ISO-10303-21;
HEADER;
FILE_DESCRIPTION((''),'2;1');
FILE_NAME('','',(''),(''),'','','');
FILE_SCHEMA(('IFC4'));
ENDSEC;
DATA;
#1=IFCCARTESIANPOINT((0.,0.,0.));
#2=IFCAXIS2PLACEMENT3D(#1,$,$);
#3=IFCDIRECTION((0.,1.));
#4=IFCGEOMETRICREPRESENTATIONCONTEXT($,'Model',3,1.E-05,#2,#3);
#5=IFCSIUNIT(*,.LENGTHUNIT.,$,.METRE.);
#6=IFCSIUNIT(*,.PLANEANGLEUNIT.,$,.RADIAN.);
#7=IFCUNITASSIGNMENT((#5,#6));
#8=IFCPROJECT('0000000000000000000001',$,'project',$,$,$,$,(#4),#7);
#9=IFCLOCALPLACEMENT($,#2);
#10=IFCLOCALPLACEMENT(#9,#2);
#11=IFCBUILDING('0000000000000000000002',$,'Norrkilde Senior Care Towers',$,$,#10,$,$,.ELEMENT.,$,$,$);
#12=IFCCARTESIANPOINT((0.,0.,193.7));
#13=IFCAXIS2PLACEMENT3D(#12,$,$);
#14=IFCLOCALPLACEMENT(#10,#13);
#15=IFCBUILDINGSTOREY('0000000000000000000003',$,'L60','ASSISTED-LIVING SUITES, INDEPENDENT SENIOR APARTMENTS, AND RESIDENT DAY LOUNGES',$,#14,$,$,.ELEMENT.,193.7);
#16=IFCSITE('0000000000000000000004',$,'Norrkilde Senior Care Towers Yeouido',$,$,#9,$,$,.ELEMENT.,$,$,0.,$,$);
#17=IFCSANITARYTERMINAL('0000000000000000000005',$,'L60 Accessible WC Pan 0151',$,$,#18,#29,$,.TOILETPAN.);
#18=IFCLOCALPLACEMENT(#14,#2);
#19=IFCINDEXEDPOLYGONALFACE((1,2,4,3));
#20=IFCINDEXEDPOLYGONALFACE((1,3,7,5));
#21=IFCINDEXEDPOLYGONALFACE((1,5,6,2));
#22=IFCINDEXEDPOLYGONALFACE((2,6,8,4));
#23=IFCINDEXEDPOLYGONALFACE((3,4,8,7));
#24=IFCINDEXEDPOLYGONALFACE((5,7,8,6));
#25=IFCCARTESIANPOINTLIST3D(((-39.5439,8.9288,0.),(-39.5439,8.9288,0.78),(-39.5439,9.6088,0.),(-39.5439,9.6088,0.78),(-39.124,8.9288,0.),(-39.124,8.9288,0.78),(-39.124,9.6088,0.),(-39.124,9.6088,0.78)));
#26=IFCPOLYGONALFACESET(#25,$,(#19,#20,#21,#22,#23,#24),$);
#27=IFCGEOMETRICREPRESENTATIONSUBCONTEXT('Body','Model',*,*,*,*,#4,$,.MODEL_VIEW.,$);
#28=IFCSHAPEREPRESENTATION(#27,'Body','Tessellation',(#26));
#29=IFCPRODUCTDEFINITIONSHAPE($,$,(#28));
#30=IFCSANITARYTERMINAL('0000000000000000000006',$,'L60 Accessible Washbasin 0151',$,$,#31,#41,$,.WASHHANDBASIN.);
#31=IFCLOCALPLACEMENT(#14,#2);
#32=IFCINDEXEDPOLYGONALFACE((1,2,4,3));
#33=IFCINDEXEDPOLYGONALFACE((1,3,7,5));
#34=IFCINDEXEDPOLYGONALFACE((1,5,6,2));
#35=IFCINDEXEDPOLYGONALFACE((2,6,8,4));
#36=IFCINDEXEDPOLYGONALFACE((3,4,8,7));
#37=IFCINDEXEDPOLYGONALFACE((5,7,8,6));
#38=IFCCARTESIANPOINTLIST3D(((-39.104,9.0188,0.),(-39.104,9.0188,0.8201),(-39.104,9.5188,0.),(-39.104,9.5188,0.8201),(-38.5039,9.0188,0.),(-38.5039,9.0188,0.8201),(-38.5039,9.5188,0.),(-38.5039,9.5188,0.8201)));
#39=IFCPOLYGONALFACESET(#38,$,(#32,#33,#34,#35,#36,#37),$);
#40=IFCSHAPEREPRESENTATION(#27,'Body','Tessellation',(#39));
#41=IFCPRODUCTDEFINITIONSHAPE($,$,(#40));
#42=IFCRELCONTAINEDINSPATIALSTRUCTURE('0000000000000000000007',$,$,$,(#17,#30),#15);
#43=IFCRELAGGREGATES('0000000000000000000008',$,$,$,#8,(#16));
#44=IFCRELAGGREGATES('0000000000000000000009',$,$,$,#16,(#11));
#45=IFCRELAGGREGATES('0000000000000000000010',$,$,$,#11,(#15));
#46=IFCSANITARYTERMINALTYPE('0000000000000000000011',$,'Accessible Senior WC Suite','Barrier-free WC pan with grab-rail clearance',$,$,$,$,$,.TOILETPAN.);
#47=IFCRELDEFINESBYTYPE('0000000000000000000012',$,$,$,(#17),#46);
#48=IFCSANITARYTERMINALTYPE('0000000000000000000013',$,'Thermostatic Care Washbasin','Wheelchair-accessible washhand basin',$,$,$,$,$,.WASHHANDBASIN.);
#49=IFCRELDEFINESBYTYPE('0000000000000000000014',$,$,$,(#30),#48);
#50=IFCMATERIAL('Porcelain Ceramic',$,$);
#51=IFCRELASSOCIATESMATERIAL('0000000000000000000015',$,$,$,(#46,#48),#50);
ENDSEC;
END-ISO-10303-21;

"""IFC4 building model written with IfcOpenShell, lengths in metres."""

from ifc_helpers import new_model, si_unit, direction, frame, origin, origin_2d, place, context, subcontext, project, spatial, rectangle, extrude, source, transform, mapped, material, type_object, type_shapes, element, save


model = new_model("IFC4")

# Units and contexts
model_context = context("Model", 3, precision=1e-05, world=origin(), true_north=direction((0.0, 1.0)))
body_context = subcontext(model_context, "Body", "Model", "MODEL_VIEW")
ifc_project = project(units=[si_unit("LENGTHUNIT", "METRE"), si_unit("PLANEANGLEUNIT", "RADIAN")], contexts=[model_context])

# Site, building, storey
site_placement = place(None, origin())
site = spatial("IfcSite", under=ifc_project, at=site_placement, Name="Norrkilde Senior Care Towers Yeouido", CompositionType="ELEMENT", RefElevation=0.0)
building_placement = place(site_placement, origin())
building = spatial("IfcBuilding", under=site, at=building_placement, Name="Norrkilde Senior Care Towers", CompositionType="ELEMENT")
storey_placement = place(building_placement, frame((0.0, 0.0, 193.7)))
storey = spatial("IfcBuildingStorey", under=building, at=storey_placement, Name="L60", Description="ASSISTED-LIVING SUITES, INDEPENDENT SENIOR APARTMENTS, AND RESIDENT DAY LOUNGES", CompositionType="ELEMENT", Elevation=193.7)

# Sanitary terminals
ifc_material_1 = material(Name="Porcelain Ceramic")
sanitary_terminal_type_1 = type_object("IfcSanitaryTerminalType", Name="Accessible Senior WC Suite", Description="Barrier-free WC pan with grab-rail clearance", PredefinedType="TOILETPAN", material=ifc_material_1)
shared_shape_1 = source(origin(), body_context, "Body", "SweptSolid", [
    extrude(rectangle(XDim=0.4199, YDim=0.6799, at=origin_2d()), origin(), (0.0, 0.0, 1.0), 0.78),
])
type_shapes(sanitary_terminal_type_1, [shared_shape_1])
sanitary_terminal_1_placement = place(storey_placement, frame((-39.334, 9.2688, 0.0), z_axis=(0.0, 0.0, 1.0), x_axis=(1.0, 0.0, 0.0)))
element("IfcSanitaryTerminal", 1, at=sanitary_terminal_1_placement, inside=storey, type_object=sanitary_terminal_type_1, Name="L60 Accessible WC Pan 0151", PredefinedType="TOILETPAN", context=body_context, shape_type="MappedRepresentation", body=[
    mapped(shared_shape_1, transform((0.0, 0.0, 0.0), x_axis=(1.0, 0.0, 0.0), y_axis=(0.0, 1.0, 0.0), z_axis=(0.0, 0.0, 1.0), scale=1.0)),
])
sanitary_terminal_type_2 = type_object("IfcSanitaryTerminalType", Name="Thermostatic Care Washbasin", Description="Wheelchair-accessible washhand basin", PredefinedType="WASHHANDBASIN", material=ifc_material_1)
shared_shape_2 = source(origin(), body_context, "Body", "SweptSolid", [
    extrude(rectangle(XDim=0.6001, YDim=0.5, at=origin_2d()), origin(), (0.0, 0.0, 1.0), 0.8201),
])
type_shapes(sanitary_terminal_type_2, [shared_shape_2])
sanitary_terminal_2_placement = place(storey_placement, frame((-38.804, 9.2688, 0.0), z_axis=(0.0, 0.0, 1.0), x_axis=(1.0, 0.0, 0.0)))
element("IfcSanitaryTerminal", 2, at=sanitary_terminal_2_placement, inside=storey, type_object=sanitary_terminal_type_2, Name="L60 Accessible Washbasin 0151", PredefinedType="WASHHANDBASIN", context=body_context, shape_type="MappedRepresentation", body=[
    mapped(shared_shape_2, transform((0.0, 0.0, 0.0), x_axis=(1.0, 0.0, 0.0), y_axis=(0.0, 1.0, 0.0), z_axis=(0.0, 0.0, 1.0), scale=1.0)),
])

save(model, "model.ifc")
